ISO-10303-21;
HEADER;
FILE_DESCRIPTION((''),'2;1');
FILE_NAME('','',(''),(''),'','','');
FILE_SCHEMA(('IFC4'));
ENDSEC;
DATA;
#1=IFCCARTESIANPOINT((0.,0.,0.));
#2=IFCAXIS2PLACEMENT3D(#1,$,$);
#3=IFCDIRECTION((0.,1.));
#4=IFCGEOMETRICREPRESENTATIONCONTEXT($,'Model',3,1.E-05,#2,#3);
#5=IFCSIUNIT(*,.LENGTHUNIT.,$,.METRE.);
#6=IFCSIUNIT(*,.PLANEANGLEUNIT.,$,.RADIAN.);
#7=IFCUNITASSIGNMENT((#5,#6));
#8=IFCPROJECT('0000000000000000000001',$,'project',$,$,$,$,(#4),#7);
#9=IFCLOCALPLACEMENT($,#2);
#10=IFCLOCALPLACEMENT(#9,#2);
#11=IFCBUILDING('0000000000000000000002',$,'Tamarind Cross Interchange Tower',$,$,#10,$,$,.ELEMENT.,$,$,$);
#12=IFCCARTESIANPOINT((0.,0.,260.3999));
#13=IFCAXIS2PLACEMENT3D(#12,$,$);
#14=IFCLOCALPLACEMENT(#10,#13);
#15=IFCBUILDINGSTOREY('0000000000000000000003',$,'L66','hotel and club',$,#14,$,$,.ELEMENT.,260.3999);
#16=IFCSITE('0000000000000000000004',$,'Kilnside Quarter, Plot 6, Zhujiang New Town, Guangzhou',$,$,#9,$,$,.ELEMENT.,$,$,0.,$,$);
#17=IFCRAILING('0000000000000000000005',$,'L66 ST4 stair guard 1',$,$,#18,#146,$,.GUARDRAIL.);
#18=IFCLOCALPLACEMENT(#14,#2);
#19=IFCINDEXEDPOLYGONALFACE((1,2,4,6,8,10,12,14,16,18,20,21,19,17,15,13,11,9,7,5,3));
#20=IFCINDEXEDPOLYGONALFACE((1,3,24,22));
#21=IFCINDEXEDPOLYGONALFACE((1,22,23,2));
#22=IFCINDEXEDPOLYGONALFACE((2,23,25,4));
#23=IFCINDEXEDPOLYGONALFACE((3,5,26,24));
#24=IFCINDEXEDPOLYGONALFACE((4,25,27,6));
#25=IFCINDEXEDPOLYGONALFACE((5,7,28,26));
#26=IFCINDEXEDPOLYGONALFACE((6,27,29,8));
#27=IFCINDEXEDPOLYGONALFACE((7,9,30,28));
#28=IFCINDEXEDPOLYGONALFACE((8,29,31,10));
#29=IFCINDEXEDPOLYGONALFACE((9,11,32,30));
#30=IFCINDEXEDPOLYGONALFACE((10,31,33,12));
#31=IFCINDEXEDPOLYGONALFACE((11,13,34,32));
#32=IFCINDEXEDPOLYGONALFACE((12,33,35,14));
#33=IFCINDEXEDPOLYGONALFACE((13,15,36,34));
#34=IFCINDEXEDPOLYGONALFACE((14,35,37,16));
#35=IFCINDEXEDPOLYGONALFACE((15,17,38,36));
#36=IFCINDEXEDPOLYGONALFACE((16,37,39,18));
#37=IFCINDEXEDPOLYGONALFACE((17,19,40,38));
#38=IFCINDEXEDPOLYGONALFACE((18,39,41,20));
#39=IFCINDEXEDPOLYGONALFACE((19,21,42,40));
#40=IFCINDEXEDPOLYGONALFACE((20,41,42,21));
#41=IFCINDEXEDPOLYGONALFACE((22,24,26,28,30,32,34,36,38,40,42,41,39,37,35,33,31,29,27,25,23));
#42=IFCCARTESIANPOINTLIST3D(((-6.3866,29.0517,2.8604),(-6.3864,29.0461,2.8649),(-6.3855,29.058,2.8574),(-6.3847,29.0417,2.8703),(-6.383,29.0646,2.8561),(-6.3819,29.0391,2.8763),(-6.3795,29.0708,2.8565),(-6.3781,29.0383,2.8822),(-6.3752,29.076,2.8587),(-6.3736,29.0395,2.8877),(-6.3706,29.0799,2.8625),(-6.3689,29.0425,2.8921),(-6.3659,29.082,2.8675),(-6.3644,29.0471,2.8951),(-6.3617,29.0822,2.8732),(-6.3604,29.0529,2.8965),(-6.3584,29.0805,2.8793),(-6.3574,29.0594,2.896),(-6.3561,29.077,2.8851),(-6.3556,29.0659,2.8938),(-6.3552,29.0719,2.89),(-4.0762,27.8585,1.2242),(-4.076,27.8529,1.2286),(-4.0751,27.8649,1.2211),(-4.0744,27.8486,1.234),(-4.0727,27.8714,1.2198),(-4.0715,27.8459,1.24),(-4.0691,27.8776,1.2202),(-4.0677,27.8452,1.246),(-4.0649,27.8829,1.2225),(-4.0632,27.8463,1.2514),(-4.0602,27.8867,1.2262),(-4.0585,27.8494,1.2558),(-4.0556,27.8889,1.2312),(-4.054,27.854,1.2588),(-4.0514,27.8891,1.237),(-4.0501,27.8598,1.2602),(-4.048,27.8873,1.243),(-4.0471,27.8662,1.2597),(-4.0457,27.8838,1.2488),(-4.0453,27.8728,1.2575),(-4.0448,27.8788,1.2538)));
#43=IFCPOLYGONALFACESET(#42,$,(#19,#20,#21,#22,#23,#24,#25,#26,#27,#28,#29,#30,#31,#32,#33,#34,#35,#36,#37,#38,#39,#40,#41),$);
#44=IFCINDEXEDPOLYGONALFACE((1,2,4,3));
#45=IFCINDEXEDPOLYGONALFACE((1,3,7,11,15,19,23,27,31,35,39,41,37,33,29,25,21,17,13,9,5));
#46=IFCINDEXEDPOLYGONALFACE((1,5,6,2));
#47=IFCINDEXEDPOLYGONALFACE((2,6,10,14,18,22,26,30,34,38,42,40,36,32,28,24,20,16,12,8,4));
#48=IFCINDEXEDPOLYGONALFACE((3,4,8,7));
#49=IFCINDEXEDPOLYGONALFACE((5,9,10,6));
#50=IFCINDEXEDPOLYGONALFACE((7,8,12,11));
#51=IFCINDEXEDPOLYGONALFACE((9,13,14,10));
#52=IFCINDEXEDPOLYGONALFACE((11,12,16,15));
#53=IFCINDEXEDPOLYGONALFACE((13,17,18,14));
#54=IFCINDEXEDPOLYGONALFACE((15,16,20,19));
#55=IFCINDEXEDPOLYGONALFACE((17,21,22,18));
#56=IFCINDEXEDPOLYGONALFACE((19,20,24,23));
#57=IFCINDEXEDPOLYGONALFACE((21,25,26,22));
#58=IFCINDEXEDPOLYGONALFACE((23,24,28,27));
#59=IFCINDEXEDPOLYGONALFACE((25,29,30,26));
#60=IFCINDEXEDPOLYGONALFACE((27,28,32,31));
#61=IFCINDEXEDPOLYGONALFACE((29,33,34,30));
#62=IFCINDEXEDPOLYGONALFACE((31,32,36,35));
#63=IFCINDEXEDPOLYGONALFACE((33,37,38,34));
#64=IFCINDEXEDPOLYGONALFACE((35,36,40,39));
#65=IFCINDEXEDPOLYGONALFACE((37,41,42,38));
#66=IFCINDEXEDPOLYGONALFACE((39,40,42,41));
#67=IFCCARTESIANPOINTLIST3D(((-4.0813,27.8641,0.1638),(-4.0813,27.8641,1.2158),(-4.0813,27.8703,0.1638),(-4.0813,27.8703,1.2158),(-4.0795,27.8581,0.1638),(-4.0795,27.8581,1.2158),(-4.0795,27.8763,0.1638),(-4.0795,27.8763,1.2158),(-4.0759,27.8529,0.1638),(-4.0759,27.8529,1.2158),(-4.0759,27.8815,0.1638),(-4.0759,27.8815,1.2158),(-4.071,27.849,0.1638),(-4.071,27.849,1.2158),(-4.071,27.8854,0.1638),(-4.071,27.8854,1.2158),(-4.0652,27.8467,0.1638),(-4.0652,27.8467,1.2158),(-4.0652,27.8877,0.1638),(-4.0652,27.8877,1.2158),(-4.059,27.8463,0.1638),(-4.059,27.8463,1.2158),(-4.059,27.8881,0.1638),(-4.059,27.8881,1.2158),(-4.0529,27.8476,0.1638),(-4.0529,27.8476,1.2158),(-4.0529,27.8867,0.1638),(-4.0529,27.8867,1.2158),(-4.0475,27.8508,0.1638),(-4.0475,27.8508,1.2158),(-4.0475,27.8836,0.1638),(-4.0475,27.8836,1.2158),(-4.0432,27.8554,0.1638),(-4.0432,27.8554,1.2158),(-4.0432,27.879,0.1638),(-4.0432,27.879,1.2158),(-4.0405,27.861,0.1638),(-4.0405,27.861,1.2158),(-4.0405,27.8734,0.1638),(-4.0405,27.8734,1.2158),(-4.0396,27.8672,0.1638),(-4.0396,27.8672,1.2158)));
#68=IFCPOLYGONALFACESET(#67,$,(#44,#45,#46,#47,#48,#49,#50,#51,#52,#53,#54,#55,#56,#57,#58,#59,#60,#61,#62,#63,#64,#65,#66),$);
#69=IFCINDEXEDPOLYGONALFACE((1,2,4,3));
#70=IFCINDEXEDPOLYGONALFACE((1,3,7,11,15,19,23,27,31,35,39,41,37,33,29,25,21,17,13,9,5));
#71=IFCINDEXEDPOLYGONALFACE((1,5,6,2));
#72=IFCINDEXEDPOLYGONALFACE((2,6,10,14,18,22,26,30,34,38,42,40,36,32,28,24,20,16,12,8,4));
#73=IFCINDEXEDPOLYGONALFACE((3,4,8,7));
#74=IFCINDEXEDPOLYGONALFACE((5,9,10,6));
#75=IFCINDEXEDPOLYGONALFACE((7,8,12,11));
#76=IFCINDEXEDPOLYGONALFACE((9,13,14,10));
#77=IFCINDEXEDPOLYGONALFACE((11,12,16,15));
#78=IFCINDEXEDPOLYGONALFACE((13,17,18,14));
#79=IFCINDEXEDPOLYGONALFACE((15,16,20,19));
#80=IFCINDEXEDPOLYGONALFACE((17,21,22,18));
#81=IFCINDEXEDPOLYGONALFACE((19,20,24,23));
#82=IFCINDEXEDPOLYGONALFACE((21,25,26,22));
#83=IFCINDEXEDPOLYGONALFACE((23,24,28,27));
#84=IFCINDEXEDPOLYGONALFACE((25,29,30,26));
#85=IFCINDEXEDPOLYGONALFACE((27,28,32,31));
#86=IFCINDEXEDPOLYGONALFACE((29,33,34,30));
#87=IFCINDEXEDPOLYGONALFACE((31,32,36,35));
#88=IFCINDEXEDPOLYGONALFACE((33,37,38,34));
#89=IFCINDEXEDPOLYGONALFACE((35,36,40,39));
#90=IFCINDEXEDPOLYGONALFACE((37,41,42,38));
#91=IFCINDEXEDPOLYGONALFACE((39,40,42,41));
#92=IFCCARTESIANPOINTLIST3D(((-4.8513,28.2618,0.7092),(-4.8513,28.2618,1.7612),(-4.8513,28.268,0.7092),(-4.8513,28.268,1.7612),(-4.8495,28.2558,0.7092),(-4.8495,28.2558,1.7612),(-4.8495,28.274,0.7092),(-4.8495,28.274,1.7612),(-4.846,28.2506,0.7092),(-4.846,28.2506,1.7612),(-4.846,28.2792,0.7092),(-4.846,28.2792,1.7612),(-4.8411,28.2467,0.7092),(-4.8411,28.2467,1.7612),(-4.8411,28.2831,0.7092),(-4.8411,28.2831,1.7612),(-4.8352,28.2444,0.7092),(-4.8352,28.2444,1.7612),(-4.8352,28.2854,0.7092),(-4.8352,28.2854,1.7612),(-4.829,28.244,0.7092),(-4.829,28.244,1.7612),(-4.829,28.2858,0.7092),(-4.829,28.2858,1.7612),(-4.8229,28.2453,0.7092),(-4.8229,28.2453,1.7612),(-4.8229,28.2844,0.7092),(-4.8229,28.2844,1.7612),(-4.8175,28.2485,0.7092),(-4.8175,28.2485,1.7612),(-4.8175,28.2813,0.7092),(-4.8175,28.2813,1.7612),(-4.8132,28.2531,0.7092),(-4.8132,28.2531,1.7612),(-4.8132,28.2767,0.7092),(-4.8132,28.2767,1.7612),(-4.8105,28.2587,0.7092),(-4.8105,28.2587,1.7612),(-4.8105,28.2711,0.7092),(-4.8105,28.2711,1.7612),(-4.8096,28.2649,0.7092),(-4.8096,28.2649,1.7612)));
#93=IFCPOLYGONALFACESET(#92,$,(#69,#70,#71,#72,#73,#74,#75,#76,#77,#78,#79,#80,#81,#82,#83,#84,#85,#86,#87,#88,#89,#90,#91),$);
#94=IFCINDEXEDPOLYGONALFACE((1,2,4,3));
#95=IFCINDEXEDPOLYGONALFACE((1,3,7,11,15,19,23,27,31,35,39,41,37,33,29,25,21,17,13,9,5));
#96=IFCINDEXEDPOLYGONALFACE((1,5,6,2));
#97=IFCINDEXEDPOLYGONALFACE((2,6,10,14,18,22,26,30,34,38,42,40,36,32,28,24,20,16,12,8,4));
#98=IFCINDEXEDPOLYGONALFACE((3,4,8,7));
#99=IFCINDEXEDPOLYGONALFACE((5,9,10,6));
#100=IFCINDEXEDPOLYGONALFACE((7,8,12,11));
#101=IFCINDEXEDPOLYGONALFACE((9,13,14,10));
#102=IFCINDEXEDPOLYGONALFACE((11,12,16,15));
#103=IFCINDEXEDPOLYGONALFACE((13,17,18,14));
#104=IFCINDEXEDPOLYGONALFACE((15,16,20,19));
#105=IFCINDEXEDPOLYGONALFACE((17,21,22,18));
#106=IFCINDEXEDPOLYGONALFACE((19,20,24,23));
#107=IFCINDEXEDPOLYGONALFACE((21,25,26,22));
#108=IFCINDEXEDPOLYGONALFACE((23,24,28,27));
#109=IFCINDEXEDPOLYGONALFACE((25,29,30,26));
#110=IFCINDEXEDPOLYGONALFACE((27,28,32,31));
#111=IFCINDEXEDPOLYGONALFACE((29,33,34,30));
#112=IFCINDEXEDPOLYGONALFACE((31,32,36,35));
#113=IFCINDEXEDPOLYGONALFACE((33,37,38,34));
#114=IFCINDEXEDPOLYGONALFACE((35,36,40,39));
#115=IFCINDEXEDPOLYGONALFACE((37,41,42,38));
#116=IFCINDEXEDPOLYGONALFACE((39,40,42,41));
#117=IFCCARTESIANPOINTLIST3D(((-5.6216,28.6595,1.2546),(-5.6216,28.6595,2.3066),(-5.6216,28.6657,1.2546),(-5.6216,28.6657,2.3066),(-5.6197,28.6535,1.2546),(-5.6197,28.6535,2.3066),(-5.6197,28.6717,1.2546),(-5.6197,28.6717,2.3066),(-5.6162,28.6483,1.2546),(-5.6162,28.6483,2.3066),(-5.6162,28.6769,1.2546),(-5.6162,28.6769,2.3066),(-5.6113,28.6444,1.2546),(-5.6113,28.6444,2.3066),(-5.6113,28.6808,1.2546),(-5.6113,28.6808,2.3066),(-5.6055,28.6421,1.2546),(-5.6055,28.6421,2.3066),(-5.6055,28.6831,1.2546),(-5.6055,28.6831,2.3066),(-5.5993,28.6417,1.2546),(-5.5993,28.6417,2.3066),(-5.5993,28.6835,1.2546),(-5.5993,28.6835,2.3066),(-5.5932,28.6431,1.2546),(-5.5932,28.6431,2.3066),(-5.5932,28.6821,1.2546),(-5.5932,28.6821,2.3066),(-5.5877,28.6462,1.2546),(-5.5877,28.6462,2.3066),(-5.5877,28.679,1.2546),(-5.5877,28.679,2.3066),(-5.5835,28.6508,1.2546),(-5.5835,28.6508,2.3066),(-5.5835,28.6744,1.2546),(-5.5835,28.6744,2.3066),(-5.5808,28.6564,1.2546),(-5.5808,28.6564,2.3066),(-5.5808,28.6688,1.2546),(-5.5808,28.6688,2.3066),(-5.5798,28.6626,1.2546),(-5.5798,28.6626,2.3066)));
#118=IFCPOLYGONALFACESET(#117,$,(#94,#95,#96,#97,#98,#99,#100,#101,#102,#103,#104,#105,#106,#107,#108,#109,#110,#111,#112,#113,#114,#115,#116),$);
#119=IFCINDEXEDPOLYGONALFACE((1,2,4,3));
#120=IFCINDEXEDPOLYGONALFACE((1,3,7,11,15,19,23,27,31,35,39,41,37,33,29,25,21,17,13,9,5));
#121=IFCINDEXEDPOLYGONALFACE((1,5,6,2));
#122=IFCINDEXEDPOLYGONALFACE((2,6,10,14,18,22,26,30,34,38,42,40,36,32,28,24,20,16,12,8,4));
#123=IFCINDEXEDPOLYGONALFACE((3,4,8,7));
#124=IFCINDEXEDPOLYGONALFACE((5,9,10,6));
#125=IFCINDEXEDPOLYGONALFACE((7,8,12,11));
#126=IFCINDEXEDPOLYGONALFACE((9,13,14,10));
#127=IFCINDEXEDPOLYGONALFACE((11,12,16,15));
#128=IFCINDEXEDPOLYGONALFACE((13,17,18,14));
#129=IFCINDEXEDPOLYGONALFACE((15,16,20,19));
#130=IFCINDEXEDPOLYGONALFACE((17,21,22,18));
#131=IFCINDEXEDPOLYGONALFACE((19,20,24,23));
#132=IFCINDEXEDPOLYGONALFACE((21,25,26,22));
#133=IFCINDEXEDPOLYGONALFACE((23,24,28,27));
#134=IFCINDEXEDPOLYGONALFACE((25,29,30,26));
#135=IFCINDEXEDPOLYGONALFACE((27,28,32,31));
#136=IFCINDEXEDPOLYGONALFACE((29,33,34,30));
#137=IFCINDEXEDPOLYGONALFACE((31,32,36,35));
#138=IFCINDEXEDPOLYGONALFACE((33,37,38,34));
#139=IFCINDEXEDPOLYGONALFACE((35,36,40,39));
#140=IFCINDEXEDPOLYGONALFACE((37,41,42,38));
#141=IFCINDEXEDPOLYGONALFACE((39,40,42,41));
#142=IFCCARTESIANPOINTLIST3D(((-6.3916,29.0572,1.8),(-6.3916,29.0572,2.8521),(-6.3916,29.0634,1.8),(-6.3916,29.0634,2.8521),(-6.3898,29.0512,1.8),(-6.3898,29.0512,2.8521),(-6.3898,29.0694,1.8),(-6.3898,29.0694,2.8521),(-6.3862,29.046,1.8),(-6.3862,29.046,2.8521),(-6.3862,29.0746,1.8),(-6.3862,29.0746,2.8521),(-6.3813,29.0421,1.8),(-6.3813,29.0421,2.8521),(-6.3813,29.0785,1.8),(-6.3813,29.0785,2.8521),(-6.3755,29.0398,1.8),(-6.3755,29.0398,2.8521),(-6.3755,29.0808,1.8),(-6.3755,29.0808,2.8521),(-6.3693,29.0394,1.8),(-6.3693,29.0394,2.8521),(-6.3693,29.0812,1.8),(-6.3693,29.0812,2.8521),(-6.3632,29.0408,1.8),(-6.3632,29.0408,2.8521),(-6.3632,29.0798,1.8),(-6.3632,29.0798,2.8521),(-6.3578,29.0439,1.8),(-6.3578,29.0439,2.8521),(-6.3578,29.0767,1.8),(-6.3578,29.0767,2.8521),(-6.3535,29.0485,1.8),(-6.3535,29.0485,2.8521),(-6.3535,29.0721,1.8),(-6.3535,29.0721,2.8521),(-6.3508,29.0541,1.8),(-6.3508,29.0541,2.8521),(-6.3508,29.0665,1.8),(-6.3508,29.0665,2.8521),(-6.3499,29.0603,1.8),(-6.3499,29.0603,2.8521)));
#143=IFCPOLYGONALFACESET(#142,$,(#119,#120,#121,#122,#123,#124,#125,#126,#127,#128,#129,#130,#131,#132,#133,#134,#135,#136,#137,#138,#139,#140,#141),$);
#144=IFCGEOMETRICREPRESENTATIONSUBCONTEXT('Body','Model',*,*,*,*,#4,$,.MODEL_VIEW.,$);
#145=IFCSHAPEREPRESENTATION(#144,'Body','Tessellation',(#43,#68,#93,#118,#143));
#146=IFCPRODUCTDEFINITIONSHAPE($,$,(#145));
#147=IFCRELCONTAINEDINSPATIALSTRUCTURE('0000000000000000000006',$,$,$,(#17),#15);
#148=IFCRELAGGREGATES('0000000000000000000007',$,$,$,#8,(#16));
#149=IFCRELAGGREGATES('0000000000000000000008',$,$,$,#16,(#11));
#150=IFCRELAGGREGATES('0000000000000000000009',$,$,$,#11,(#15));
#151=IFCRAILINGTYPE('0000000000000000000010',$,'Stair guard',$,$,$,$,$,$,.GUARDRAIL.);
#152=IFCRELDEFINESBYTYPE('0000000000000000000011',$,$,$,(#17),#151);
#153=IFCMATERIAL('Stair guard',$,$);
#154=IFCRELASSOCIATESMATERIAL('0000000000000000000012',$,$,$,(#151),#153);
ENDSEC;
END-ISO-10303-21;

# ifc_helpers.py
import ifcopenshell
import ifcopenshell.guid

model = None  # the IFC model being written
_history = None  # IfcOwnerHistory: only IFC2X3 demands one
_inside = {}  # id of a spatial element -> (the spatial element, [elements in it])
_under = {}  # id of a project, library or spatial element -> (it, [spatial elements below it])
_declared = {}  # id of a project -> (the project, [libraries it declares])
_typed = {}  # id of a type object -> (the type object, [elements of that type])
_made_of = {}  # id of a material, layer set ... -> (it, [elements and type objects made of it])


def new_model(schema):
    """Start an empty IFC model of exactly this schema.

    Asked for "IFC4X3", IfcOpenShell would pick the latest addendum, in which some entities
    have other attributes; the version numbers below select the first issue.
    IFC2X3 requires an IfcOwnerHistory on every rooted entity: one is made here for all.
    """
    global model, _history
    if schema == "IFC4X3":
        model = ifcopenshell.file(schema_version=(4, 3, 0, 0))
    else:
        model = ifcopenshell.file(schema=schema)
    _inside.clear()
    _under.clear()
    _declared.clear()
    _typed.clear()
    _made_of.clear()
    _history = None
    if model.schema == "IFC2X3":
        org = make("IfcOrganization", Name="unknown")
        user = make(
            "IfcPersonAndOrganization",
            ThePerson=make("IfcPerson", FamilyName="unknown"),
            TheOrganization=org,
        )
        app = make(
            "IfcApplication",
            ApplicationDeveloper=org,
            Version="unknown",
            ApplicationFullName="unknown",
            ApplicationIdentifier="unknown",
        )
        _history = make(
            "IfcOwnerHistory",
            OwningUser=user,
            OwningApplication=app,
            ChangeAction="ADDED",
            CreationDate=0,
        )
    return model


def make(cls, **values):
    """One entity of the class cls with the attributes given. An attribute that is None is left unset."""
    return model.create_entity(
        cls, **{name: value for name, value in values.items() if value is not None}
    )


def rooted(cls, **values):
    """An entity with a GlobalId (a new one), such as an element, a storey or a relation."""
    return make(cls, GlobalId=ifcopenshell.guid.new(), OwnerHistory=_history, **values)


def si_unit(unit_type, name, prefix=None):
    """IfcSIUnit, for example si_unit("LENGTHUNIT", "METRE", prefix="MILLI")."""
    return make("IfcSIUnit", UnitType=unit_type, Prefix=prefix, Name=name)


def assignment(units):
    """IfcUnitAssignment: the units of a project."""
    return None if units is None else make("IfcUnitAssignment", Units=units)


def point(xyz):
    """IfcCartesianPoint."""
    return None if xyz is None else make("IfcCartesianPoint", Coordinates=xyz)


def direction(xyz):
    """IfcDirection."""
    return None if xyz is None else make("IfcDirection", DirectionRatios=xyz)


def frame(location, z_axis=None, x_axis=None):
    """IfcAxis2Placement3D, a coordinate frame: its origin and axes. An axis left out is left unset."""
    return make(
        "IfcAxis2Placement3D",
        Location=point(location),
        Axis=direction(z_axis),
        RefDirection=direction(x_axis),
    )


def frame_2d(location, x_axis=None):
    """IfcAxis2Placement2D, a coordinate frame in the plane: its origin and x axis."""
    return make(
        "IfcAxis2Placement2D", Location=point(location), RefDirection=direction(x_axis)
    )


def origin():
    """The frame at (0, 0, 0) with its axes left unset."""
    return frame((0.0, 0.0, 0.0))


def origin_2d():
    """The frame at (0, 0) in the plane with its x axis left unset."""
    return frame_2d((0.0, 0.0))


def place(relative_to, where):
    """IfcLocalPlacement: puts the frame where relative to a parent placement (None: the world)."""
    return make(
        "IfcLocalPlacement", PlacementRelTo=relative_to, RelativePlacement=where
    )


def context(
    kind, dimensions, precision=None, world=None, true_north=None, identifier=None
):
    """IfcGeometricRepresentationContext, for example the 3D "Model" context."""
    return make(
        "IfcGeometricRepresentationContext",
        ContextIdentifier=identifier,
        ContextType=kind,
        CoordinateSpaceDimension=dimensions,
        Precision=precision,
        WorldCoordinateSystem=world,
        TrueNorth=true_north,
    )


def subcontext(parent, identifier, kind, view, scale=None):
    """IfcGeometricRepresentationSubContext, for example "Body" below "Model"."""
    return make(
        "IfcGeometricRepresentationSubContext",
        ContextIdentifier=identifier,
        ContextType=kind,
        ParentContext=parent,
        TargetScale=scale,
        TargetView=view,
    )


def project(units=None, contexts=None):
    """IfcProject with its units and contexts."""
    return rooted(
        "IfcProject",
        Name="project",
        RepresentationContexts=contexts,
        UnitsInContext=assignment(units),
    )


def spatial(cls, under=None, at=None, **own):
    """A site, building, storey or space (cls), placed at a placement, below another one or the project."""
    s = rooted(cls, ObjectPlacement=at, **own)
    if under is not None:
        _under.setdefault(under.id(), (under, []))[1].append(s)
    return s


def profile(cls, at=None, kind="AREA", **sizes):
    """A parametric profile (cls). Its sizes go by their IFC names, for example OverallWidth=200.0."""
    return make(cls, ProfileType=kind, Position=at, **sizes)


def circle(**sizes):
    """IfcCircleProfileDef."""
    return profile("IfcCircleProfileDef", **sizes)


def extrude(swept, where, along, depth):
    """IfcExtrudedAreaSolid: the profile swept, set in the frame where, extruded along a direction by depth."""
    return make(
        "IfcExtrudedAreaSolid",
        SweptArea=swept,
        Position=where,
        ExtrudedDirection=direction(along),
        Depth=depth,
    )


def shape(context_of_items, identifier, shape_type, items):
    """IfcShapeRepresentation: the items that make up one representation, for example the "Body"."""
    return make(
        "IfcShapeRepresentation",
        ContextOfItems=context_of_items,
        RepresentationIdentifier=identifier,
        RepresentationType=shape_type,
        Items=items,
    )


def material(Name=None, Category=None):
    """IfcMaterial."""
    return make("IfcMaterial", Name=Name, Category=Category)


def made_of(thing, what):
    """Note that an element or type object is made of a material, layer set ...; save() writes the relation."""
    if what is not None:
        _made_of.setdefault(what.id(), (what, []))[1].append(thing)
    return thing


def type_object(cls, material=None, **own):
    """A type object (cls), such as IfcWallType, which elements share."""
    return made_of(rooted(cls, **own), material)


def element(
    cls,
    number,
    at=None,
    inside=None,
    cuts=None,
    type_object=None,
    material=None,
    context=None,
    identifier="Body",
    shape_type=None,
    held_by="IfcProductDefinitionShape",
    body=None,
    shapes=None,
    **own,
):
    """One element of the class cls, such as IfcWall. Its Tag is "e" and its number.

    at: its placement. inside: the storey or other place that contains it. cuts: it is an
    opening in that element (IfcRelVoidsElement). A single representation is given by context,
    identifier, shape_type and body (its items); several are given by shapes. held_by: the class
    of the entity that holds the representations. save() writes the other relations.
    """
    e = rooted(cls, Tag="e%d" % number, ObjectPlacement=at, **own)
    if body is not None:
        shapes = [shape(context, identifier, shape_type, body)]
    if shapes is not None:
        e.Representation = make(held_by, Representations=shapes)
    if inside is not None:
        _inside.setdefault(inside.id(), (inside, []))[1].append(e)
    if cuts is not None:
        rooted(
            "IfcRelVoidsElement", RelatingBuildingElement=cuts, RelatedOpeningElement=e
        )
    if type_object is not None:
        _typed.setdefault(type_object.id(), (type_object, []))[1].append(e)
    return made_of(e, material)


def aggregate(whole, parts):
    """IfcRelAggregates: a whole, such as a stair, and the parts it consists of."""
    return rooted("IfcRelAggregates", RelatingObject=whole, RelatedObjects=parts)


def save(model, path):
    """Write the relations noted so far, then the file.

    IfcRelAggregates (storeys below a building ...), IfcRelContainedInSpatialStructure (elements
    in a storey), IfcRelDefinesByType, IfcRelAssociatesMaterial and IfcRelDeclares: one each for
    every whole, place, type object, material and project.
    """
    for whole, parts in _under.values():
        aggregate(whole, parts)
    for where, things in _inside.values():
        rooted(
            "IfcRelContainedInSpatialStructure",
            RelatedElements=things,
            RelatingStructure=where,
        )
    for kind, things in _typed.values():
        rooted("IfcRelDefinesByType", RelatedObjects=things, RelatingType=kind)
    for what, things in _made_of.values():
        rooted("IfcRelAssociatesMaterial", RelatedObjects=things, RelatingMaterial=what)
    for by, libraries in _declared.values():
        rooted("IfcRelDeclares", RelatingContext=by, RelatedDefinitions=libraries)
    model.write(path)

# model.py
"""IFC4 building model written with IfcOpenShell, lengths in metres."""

from ifc_helpers import new_model, si_unit, direction, frame, origin, origin_2d, place, context, subcontext, project, spatial, circle, extrude, material, type_object, element, save


model = new_model("IFC4")

# Units and contexts
model_context = context("Model", 3, precision=1e-05, world=origin(), true_north=direction((0.0, 1.0)))
body_context = subcontext(model_context, "Body", "Model", "MODEL_VIEW")
ifc_project = project(units=[si_unit("LENGTHUNIT", "METRE"), si_unit("PLANEANGLEUNIT", "RADIAN")], contexts=[model_context])

# Site, building, storey
site_placement = place(None, origin())
site = spatial("IfcSite", under=ifc_project, at=site_placement, Name="Kilnside Quarter, Plot 6, Zhujiang New Town, Guangzhou", CompositionType="ELEMENT", RefElevation=0.0)
building_placement = place(site_placement, origin())
building = spatial("IfcBuilding", under=site, at=building_placement, Name="Tamarind Cross Interchange Tower", CompositionType="ELEMENT")
storey_placement = place(building_placement, frame((0.0, 0.0, 260.3999)))
storey = spatial("IfcBuildingStorey", under=building, at=storey_placement, Name="L66", Description="hotel and club", CompositionType="ELEMENT", Elevation=260.3999)

# Railing
ifc_material_1 = material(Name="Stair guard")
railing_type_1 = type_object("IfcRailingType", Name="Stair guard", PredefinedType="GUARDRAIL", material=ifc_material_1)
railing_1_placement = place(storey_placement, frame((-4.0605, 27.8672, 0.1638)))
element("IfcRailing", 1, at=railing_1_placement, inside=storey, type_object=railing_type_1, Name="L66 ST4 stair guard 1", PredefinedType="GUARDRAIL", context=body_context, shape_type="SweptSolid", body=[
    extrude(circle(Radius=0.0239, at=origin_2d()), frame((0.0, 0.0, 1.0762), z_axis=(-0.752008, 0.388361, 0.532596), x_axis=(-0.458856, -0.888511, 0.0)), (0.0, 0.0, 1.0), 3.0723),
    extrude(circle(Radius=0.021, at=origin_2d()), origin(), (0.0, 0.0, 1.0), 1.052),
    extrude(circle(Radius=0.021, at=origin_2d()), frame((-0.77, 0.3977, 0.5454)), (0.0, 0.0, 1.0), 1.052),
    extrude(circle(Radius=0.021, at=origin_2d()), frame((-1.5403, 0.7954, 1.0908)), (0.0, 0.0, 1.0), 1.052),
    extrude(circle(Radius=0.021, at=origin_2d()), frame((-2.3103, 1.1931, 1.6362)), (0.0, 0.0, 1.0), 1.052),
])

save(model, "model.ifc")
